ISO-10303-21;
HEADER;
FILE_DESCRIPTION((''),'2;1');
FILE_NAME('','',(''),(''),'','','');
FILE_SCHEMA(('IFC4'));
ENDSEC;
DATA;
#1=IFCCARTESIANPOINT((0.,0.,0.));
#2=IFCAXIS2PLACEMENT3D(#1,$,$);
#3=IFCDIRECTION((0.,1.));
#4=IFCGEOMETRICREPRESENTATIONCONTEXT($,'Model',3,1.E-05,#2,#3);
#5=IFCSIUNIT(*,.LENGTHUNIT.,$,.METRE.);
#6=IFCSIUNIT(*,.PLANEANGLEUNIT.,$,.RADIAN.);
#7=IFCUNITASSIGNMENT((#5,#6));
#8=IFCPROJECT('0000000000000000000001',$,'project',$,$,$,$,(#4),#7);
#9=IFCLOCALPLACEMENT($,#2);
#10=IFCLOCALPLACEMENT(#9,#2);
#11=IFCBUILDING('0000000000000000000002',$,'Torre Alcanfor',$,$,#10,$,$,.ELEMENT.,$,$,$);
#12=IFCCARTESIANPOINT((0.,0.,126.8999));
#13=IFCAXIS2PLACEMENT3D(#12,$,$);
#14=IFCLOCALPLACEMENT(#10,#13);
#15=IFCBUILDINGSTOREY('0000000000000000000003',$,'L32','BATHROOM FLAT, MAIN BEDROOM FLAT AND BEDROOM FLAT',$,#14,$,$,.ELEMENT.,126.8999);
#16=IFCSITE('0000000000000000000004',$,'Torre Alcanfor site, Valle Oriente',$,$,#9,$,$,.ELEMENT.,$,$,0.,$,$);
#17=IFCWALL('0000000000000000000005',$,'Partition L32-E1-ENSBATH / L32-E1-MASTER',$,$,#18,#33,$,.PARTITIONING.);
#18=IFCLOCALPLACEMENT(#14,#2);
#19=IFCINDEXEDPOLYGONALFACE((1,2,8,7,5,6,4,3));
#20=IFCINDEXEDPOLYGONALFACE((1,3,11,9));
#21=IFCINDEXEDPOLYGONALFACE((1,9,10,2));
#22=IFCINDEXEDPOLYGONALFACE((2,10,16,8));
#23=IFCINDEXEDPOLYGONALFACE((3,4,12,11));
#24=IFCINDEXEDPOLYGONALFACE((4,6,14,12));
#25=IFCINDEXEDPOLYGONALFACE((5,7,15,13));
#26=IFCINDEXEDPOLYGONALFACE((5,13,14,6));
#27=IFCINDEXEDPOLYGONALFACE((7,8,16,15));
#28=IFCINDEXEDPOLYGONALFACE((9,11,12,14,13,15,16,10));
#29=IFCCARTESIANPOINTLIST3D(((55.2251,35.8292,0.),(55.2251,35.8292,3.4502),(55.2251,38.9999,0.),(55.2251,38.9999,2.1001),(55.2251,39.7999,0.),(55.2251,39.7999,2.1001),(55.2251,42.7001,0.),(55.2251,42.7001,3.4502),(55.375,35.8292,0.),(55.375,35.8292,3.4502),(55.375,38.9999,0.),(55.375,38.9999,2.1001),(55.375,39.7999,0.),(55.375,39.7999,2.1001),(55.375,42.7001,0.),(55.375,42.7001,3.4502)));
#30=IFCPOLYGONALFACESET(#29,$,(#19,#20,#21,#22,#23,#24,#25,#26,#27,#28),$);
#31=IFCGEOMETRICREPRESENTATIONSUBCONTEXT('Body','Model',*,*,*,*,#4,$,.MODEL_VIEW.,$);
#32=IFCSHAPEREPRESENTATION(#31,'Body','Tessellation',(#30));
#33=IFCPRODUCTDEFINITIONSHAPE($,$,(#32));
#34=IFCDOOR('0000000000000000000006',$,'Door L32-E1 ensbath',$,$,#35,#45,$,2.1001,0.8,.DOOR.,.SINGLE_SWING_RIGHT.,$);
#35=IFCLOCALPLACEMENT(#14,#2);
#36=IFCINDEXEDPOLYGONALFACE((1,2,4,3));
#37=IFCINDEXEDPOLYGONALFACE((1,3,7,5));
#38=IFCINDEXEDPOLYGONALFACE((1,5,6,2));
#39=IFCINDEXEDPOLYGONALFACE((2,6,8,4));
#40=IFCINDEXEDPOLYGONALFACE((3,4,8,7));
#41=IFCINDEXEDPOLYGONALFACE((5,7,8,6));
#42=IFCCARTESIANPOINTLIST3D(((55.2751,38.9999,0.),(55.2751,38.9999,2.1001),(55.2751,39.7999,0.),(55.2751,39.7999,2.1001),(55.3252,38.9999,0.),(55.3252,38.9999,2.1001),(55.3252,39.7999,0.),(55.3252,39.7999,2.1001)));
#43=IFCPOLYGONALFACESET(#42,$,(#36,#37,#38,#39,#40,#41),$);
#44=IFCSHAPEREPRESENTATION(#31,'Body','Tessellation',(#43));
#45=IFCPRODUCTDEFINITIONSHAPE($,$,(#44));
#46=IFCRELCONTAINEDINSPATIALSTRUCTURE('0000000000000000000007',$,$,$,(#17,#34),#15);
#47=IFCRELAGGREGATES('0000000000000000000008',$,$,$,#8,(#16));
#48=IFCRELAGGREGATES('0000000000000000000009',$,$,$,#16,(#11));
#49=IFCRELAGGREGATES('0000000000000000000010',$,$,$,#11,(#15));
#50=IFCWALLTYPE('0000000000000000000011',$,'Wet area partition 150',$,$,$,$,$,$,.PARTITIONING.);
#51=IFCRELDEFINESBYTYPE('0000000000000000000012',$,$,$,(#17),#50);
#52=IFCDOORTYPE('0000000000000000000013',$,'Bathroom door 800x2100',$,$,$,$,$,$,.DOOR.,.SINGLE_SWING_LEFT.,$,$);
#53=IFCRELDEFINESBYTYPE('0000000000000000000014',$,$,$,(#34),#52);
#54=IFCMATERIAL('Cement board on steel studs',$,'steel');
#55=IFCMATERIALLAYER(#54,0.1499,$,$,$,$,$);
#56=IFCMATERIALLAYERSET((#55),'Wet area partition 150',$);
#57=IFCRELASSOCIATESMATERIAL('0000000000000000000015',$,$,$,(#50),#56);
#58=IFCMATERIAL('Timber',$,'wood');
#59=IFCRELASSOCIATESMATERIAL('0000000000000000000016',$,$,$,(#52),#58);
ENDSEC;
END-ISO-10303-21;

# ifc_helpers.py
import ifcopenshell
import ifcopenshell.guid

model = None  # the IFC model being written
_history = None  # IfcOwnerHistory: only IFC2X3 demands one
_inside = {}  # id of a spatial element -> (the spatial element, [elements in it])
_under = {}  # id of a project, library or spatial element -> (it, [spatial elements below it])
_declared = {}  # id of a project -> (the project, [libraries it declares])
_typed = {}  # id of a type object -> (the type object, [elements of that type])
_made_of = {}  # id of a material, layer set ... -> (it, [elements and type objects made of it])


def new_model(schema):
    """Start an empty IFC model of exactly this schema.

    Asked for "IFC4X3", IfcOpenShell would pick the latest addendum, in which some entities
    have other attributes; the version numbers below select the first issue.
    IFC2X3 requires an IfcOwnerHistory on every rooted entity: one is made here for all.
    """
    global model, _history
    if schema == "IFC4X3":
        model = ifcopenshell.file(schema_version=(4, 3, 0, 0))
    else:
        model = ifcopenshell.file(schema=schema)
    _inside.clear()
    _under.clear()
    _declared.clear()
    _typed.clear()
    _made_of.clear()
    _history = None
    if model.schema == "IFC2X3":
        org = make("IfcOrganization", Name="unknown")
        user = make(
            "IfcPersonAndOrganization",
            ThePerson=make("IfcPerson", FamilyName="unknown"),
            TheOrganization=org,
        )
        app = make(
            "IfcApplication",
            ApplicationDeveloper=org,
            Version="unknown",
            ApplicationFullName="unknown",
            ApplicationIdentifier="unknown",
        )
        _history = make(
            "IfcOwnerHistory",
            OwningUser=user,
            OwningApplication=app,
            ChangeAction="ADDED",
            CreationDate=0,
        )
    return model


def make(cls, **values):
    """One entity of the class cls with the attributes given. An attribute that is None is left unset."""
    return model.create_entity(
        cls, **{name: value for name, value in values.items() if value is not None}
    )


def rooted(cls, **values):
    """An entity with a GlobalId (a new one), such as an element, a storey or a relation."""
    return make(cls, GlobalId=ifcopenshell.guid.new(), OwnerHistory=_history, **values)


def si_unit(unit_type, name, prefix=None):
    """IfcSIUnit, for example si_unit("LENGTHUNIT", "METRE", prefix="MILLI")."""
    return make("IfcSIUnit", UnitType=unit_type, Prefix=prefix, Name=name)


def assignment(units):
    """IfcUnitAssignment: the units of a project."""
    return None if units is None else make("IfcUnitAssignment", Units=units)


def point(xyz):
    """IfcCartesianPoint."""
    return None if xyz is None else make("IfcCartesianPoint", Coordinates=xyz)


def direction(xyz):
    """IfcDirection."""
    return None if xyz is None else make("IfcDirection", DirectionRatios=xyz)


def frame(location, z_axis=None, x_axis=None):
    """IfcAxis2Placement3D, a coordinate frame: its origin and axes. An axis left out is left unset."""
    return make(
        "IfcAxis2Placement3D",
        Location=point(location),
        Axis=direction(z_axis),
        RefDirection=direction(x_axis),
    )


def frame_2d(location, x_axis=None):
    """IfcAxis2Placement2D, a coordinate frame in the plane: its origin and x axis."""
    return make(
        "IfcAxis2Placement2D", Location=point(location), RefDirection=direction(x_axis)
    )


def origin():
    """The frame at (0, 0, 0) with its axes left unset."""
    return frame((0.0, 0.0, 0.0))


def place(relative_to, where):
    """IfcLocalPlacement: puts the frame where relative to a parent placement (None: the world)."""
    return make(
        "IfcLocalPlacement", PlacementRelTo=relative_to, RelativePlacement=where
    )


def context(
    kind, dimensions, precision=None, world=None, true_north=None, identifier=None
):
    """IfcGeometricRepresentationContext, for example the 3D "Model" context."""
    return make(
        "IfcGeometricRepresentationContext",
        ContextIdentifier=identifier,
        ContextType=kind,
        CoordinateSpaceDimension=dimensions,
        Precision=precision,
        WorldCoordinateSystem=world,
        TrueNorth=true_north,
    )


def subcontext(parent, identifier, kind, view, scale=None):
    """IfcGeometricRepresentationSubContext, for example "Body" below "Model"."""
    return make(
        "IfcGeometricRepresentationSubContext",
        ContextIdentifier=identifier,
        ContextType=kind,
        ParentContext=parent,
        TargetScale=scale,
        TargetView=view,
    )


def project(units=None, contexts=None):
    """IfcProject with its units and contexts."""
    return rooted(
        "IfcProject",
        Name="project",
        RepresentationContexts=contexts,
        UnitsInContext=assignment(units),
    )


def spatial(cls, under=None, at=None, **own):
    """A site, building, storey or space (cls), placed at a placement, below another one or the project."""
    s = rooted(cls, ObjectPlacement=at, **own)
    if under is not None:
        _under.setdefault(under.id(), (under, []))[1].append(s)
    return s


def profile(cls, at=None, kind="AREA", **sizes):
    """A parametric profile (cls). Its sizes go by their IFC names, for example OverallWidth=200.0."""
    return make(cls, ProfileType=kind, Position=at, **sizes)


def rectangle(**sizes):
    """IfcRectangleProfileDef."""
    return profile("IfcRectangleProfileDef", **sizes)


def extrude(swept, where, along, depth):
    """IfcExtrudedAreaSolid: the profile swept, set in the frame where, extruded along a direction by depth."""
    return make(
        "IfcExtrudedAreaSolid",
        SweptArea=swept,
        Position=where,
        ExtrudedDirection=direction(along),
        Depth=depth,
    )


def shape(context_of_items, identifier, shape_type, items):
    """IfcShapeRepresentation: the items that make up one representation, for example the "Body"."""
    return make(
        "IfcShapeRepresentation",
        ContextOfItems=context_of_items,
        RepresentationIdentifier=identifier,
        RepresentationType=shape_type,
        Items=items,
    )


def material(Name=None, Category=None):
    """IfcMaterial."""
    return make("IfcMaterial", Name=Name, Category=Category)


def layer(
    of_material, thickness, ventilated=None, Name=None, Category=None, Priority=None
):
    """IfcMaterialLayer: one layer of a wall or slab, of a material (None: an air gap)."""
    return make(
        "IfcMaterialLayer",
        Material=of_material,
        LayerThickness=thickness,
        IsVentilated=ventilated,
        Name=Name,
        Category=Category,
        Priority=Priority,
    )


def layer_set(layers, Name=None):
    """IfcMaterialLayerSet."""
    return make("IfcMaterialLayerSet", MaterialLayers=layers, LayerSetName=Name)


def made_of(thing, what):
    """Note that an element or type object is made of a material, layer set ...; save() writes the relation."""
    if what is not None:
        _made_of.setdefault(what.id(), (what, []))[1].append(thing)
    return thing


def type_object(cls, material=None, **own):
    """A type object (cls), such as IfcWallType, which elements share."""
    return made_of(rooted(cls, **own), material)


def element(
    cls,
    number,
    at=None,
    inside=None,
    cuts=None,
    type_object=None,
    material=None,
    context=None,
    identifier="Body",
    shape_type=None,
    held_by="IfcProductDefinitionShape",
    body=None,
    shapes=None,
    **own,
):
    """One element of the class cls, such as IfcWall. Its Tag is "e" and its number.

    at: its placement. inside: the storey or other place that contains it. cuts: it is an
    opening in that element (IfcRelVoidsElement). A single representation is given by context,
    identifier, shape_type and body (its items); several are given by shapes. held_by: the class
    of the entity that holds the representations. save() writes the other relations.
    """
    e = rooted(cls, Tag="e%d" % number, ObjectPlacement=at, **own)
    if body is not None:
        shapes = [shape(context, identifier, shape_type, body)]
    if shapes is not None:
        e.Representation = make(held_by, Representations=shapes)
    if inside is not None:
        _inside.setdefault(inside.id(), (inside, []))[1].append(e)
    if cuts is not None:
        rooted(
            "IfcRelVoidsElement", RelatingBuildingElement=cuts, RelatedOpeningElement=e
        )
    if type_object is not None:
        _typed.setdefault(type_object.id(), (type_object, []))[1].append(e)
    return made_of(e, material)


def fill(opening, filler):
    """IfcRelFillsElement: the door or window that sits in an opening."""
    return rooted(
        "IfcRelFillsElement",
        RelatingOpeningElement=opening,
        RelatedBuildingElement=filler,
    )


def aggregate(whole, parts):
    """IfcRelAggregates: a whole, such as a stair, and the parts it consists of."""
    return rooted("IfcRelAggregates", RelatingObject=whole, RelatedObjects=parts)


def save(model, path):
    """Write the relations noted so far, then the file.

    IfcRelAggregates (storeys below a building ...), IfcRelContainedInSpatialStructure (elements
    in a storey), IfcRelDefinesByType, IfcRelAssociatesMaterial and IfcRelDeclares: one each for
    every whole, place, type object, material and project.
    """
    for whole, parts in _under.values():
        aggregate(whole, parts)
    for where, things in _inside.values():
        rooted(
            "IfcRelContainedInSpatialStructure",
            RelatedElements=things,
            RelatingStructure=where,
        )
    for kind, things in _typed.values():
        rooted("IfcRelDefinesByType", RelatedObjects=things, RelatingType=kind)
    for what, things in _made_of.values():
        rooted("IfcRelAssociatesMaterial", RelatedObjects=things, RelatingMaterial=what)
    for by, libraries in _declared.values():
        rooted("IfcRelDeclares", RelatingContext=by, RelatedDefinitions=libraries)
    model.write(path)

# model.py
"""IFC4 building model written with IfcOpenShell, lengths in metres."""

from ifc_helpers import new_model, si_unit, direction, frame, frame_2d, origin, place, context, subcontext, project, spatial, rectangle, extrude, material, layer, layer_set, type_object, element, fill, save


model = new_model("IFC4")

# Units and contexts
model_context = context("Model", 3, precision=1e-05, world=origin(), true_north=direction((0.0, 1.0)))
body_context = subcontext(model_context, "Body", "Model", "MODEL_VIEW")
ifc_project = project(units=[si_unit("LENGTHUNIT", "METRE"), si_unit("PLANEANGLEUNIT", "RADIAN")], contexts=[model_context])

# Site, building, storey
site_placement = place(None, origin())
site = spatial("IfcSite", under=ifc_project, at=site_placement, Name="Torre Alcanfor site, Valle Oriente", CompositionType="ELEMENT", RefElevation=0.0)
building_placement = place(site_placement, origin())
building = spatial("IfcBuilding", under=site, at=building_placement, Name="Torre Alcanfor", CompositionType="ELEMENT")
storey_placement = place(building_placement, frame((0.0, 0.0, 126.8999)))
storey = spatial("IfcBuildingStorey", under=building, at=storey_placement, Name="L32", Description="BATHROOM FLAT, MAIN BEDROOM FLAT AND BEDROOM FLAT", CompositionType="ELEMENT", Elevation=126.8999)

# Shared definitions
ifc_material_1 = material(Name="Cement board on steel studs", Category="steel")
ifc_layer_1 = layer(ifc_material_1, 0.1499)
ifc_layer_set_1 = layer_set([ifc_layer_1], Name="Wet area partition 150")
wall_type_1 = type_object("IfcWallType", Name="Wet area partition 150", PredefinedType="PARTITIONING", material=ifc_layer_set_1)

# Wall, opening, door
wall_1_placement = place(storey_placement, frame((55.3, 35.8291, 0.0), z_axis=(0.0, 0.0, 1.0), x_axis=(0.0, 1.0, 0.0)))
wall_1 = element("IfcWall", 1, at=wall_1_placement, inside=storey, type_object=wall_type_1, Name="Partition L32-E1-ENSBATH / L32-E1-MASTER", PredefinedType="PARTITIONING", context=body_context, shape_type="SweptSolid", body=[
    extrude(rectangle(XDim=6.8708, YDim=0.1499, at=frame_2d((3.4355, 0.0))), origin(), (0.0, 0.0, 1.0), 3.4502),
])
opening_1_placement = place(wall_1_placement, frame((3.1709, 0.0, 0.0)))
opening_1 = element("IfcOpeningElement", 2, at=opening_1_placement, cuts=wall_1, PredefinedType="OPENING", context=body_context, shape_type="SweptSolid", body=[
    extrude(rectangle(XDim=0.8, YDim=2.1001, at=frame_2d((0.3999, 1.05))), frame((0.0, 0.085, 0.0), z_axis=(0.0, -1.0, 0.0), x_axis=(1.0, 0.0, 0.0)), (0.0, 0.0, 1.0), 0.1699),
])
ifc_material_2 = material(Name="Timber", Category="wood")
door_type_1 = type_object("IfcDoorType", Name="Bathroom door 800x2100", OperationType="SINGLE_SWING_LEFT", PredefinedType="DOOR", material=ifc_material_2)
door_1_placement = place(opening_1_placement, origin())
door_1 = element("IfcDoor", 3, at=door_1_placement, inside=storey, type_object=door_type_1, Name="Door L32-E1 ensbath", OperationType="SINGLE_SWING_RIGHT", OverallHeight=2.1001, OverallWidth=0.8, PredefinedType="DOOR", context=body_context, shape_type="SweptSolid", body=[
    extrude(rectangle(XDim=0.8, YDim=2.1001, at=frame_2d((0.3999, 1.05))), frame((0.0, 0.0249, 0.0), z_axis=(0.0, -1.0, 0.0), x_axis=(1.0, 0.0, 0.0)), (0.0, 0.0, 1.0), 0.05),
])
fill(opening_1, door_1)

save(model, "model.ifc")
